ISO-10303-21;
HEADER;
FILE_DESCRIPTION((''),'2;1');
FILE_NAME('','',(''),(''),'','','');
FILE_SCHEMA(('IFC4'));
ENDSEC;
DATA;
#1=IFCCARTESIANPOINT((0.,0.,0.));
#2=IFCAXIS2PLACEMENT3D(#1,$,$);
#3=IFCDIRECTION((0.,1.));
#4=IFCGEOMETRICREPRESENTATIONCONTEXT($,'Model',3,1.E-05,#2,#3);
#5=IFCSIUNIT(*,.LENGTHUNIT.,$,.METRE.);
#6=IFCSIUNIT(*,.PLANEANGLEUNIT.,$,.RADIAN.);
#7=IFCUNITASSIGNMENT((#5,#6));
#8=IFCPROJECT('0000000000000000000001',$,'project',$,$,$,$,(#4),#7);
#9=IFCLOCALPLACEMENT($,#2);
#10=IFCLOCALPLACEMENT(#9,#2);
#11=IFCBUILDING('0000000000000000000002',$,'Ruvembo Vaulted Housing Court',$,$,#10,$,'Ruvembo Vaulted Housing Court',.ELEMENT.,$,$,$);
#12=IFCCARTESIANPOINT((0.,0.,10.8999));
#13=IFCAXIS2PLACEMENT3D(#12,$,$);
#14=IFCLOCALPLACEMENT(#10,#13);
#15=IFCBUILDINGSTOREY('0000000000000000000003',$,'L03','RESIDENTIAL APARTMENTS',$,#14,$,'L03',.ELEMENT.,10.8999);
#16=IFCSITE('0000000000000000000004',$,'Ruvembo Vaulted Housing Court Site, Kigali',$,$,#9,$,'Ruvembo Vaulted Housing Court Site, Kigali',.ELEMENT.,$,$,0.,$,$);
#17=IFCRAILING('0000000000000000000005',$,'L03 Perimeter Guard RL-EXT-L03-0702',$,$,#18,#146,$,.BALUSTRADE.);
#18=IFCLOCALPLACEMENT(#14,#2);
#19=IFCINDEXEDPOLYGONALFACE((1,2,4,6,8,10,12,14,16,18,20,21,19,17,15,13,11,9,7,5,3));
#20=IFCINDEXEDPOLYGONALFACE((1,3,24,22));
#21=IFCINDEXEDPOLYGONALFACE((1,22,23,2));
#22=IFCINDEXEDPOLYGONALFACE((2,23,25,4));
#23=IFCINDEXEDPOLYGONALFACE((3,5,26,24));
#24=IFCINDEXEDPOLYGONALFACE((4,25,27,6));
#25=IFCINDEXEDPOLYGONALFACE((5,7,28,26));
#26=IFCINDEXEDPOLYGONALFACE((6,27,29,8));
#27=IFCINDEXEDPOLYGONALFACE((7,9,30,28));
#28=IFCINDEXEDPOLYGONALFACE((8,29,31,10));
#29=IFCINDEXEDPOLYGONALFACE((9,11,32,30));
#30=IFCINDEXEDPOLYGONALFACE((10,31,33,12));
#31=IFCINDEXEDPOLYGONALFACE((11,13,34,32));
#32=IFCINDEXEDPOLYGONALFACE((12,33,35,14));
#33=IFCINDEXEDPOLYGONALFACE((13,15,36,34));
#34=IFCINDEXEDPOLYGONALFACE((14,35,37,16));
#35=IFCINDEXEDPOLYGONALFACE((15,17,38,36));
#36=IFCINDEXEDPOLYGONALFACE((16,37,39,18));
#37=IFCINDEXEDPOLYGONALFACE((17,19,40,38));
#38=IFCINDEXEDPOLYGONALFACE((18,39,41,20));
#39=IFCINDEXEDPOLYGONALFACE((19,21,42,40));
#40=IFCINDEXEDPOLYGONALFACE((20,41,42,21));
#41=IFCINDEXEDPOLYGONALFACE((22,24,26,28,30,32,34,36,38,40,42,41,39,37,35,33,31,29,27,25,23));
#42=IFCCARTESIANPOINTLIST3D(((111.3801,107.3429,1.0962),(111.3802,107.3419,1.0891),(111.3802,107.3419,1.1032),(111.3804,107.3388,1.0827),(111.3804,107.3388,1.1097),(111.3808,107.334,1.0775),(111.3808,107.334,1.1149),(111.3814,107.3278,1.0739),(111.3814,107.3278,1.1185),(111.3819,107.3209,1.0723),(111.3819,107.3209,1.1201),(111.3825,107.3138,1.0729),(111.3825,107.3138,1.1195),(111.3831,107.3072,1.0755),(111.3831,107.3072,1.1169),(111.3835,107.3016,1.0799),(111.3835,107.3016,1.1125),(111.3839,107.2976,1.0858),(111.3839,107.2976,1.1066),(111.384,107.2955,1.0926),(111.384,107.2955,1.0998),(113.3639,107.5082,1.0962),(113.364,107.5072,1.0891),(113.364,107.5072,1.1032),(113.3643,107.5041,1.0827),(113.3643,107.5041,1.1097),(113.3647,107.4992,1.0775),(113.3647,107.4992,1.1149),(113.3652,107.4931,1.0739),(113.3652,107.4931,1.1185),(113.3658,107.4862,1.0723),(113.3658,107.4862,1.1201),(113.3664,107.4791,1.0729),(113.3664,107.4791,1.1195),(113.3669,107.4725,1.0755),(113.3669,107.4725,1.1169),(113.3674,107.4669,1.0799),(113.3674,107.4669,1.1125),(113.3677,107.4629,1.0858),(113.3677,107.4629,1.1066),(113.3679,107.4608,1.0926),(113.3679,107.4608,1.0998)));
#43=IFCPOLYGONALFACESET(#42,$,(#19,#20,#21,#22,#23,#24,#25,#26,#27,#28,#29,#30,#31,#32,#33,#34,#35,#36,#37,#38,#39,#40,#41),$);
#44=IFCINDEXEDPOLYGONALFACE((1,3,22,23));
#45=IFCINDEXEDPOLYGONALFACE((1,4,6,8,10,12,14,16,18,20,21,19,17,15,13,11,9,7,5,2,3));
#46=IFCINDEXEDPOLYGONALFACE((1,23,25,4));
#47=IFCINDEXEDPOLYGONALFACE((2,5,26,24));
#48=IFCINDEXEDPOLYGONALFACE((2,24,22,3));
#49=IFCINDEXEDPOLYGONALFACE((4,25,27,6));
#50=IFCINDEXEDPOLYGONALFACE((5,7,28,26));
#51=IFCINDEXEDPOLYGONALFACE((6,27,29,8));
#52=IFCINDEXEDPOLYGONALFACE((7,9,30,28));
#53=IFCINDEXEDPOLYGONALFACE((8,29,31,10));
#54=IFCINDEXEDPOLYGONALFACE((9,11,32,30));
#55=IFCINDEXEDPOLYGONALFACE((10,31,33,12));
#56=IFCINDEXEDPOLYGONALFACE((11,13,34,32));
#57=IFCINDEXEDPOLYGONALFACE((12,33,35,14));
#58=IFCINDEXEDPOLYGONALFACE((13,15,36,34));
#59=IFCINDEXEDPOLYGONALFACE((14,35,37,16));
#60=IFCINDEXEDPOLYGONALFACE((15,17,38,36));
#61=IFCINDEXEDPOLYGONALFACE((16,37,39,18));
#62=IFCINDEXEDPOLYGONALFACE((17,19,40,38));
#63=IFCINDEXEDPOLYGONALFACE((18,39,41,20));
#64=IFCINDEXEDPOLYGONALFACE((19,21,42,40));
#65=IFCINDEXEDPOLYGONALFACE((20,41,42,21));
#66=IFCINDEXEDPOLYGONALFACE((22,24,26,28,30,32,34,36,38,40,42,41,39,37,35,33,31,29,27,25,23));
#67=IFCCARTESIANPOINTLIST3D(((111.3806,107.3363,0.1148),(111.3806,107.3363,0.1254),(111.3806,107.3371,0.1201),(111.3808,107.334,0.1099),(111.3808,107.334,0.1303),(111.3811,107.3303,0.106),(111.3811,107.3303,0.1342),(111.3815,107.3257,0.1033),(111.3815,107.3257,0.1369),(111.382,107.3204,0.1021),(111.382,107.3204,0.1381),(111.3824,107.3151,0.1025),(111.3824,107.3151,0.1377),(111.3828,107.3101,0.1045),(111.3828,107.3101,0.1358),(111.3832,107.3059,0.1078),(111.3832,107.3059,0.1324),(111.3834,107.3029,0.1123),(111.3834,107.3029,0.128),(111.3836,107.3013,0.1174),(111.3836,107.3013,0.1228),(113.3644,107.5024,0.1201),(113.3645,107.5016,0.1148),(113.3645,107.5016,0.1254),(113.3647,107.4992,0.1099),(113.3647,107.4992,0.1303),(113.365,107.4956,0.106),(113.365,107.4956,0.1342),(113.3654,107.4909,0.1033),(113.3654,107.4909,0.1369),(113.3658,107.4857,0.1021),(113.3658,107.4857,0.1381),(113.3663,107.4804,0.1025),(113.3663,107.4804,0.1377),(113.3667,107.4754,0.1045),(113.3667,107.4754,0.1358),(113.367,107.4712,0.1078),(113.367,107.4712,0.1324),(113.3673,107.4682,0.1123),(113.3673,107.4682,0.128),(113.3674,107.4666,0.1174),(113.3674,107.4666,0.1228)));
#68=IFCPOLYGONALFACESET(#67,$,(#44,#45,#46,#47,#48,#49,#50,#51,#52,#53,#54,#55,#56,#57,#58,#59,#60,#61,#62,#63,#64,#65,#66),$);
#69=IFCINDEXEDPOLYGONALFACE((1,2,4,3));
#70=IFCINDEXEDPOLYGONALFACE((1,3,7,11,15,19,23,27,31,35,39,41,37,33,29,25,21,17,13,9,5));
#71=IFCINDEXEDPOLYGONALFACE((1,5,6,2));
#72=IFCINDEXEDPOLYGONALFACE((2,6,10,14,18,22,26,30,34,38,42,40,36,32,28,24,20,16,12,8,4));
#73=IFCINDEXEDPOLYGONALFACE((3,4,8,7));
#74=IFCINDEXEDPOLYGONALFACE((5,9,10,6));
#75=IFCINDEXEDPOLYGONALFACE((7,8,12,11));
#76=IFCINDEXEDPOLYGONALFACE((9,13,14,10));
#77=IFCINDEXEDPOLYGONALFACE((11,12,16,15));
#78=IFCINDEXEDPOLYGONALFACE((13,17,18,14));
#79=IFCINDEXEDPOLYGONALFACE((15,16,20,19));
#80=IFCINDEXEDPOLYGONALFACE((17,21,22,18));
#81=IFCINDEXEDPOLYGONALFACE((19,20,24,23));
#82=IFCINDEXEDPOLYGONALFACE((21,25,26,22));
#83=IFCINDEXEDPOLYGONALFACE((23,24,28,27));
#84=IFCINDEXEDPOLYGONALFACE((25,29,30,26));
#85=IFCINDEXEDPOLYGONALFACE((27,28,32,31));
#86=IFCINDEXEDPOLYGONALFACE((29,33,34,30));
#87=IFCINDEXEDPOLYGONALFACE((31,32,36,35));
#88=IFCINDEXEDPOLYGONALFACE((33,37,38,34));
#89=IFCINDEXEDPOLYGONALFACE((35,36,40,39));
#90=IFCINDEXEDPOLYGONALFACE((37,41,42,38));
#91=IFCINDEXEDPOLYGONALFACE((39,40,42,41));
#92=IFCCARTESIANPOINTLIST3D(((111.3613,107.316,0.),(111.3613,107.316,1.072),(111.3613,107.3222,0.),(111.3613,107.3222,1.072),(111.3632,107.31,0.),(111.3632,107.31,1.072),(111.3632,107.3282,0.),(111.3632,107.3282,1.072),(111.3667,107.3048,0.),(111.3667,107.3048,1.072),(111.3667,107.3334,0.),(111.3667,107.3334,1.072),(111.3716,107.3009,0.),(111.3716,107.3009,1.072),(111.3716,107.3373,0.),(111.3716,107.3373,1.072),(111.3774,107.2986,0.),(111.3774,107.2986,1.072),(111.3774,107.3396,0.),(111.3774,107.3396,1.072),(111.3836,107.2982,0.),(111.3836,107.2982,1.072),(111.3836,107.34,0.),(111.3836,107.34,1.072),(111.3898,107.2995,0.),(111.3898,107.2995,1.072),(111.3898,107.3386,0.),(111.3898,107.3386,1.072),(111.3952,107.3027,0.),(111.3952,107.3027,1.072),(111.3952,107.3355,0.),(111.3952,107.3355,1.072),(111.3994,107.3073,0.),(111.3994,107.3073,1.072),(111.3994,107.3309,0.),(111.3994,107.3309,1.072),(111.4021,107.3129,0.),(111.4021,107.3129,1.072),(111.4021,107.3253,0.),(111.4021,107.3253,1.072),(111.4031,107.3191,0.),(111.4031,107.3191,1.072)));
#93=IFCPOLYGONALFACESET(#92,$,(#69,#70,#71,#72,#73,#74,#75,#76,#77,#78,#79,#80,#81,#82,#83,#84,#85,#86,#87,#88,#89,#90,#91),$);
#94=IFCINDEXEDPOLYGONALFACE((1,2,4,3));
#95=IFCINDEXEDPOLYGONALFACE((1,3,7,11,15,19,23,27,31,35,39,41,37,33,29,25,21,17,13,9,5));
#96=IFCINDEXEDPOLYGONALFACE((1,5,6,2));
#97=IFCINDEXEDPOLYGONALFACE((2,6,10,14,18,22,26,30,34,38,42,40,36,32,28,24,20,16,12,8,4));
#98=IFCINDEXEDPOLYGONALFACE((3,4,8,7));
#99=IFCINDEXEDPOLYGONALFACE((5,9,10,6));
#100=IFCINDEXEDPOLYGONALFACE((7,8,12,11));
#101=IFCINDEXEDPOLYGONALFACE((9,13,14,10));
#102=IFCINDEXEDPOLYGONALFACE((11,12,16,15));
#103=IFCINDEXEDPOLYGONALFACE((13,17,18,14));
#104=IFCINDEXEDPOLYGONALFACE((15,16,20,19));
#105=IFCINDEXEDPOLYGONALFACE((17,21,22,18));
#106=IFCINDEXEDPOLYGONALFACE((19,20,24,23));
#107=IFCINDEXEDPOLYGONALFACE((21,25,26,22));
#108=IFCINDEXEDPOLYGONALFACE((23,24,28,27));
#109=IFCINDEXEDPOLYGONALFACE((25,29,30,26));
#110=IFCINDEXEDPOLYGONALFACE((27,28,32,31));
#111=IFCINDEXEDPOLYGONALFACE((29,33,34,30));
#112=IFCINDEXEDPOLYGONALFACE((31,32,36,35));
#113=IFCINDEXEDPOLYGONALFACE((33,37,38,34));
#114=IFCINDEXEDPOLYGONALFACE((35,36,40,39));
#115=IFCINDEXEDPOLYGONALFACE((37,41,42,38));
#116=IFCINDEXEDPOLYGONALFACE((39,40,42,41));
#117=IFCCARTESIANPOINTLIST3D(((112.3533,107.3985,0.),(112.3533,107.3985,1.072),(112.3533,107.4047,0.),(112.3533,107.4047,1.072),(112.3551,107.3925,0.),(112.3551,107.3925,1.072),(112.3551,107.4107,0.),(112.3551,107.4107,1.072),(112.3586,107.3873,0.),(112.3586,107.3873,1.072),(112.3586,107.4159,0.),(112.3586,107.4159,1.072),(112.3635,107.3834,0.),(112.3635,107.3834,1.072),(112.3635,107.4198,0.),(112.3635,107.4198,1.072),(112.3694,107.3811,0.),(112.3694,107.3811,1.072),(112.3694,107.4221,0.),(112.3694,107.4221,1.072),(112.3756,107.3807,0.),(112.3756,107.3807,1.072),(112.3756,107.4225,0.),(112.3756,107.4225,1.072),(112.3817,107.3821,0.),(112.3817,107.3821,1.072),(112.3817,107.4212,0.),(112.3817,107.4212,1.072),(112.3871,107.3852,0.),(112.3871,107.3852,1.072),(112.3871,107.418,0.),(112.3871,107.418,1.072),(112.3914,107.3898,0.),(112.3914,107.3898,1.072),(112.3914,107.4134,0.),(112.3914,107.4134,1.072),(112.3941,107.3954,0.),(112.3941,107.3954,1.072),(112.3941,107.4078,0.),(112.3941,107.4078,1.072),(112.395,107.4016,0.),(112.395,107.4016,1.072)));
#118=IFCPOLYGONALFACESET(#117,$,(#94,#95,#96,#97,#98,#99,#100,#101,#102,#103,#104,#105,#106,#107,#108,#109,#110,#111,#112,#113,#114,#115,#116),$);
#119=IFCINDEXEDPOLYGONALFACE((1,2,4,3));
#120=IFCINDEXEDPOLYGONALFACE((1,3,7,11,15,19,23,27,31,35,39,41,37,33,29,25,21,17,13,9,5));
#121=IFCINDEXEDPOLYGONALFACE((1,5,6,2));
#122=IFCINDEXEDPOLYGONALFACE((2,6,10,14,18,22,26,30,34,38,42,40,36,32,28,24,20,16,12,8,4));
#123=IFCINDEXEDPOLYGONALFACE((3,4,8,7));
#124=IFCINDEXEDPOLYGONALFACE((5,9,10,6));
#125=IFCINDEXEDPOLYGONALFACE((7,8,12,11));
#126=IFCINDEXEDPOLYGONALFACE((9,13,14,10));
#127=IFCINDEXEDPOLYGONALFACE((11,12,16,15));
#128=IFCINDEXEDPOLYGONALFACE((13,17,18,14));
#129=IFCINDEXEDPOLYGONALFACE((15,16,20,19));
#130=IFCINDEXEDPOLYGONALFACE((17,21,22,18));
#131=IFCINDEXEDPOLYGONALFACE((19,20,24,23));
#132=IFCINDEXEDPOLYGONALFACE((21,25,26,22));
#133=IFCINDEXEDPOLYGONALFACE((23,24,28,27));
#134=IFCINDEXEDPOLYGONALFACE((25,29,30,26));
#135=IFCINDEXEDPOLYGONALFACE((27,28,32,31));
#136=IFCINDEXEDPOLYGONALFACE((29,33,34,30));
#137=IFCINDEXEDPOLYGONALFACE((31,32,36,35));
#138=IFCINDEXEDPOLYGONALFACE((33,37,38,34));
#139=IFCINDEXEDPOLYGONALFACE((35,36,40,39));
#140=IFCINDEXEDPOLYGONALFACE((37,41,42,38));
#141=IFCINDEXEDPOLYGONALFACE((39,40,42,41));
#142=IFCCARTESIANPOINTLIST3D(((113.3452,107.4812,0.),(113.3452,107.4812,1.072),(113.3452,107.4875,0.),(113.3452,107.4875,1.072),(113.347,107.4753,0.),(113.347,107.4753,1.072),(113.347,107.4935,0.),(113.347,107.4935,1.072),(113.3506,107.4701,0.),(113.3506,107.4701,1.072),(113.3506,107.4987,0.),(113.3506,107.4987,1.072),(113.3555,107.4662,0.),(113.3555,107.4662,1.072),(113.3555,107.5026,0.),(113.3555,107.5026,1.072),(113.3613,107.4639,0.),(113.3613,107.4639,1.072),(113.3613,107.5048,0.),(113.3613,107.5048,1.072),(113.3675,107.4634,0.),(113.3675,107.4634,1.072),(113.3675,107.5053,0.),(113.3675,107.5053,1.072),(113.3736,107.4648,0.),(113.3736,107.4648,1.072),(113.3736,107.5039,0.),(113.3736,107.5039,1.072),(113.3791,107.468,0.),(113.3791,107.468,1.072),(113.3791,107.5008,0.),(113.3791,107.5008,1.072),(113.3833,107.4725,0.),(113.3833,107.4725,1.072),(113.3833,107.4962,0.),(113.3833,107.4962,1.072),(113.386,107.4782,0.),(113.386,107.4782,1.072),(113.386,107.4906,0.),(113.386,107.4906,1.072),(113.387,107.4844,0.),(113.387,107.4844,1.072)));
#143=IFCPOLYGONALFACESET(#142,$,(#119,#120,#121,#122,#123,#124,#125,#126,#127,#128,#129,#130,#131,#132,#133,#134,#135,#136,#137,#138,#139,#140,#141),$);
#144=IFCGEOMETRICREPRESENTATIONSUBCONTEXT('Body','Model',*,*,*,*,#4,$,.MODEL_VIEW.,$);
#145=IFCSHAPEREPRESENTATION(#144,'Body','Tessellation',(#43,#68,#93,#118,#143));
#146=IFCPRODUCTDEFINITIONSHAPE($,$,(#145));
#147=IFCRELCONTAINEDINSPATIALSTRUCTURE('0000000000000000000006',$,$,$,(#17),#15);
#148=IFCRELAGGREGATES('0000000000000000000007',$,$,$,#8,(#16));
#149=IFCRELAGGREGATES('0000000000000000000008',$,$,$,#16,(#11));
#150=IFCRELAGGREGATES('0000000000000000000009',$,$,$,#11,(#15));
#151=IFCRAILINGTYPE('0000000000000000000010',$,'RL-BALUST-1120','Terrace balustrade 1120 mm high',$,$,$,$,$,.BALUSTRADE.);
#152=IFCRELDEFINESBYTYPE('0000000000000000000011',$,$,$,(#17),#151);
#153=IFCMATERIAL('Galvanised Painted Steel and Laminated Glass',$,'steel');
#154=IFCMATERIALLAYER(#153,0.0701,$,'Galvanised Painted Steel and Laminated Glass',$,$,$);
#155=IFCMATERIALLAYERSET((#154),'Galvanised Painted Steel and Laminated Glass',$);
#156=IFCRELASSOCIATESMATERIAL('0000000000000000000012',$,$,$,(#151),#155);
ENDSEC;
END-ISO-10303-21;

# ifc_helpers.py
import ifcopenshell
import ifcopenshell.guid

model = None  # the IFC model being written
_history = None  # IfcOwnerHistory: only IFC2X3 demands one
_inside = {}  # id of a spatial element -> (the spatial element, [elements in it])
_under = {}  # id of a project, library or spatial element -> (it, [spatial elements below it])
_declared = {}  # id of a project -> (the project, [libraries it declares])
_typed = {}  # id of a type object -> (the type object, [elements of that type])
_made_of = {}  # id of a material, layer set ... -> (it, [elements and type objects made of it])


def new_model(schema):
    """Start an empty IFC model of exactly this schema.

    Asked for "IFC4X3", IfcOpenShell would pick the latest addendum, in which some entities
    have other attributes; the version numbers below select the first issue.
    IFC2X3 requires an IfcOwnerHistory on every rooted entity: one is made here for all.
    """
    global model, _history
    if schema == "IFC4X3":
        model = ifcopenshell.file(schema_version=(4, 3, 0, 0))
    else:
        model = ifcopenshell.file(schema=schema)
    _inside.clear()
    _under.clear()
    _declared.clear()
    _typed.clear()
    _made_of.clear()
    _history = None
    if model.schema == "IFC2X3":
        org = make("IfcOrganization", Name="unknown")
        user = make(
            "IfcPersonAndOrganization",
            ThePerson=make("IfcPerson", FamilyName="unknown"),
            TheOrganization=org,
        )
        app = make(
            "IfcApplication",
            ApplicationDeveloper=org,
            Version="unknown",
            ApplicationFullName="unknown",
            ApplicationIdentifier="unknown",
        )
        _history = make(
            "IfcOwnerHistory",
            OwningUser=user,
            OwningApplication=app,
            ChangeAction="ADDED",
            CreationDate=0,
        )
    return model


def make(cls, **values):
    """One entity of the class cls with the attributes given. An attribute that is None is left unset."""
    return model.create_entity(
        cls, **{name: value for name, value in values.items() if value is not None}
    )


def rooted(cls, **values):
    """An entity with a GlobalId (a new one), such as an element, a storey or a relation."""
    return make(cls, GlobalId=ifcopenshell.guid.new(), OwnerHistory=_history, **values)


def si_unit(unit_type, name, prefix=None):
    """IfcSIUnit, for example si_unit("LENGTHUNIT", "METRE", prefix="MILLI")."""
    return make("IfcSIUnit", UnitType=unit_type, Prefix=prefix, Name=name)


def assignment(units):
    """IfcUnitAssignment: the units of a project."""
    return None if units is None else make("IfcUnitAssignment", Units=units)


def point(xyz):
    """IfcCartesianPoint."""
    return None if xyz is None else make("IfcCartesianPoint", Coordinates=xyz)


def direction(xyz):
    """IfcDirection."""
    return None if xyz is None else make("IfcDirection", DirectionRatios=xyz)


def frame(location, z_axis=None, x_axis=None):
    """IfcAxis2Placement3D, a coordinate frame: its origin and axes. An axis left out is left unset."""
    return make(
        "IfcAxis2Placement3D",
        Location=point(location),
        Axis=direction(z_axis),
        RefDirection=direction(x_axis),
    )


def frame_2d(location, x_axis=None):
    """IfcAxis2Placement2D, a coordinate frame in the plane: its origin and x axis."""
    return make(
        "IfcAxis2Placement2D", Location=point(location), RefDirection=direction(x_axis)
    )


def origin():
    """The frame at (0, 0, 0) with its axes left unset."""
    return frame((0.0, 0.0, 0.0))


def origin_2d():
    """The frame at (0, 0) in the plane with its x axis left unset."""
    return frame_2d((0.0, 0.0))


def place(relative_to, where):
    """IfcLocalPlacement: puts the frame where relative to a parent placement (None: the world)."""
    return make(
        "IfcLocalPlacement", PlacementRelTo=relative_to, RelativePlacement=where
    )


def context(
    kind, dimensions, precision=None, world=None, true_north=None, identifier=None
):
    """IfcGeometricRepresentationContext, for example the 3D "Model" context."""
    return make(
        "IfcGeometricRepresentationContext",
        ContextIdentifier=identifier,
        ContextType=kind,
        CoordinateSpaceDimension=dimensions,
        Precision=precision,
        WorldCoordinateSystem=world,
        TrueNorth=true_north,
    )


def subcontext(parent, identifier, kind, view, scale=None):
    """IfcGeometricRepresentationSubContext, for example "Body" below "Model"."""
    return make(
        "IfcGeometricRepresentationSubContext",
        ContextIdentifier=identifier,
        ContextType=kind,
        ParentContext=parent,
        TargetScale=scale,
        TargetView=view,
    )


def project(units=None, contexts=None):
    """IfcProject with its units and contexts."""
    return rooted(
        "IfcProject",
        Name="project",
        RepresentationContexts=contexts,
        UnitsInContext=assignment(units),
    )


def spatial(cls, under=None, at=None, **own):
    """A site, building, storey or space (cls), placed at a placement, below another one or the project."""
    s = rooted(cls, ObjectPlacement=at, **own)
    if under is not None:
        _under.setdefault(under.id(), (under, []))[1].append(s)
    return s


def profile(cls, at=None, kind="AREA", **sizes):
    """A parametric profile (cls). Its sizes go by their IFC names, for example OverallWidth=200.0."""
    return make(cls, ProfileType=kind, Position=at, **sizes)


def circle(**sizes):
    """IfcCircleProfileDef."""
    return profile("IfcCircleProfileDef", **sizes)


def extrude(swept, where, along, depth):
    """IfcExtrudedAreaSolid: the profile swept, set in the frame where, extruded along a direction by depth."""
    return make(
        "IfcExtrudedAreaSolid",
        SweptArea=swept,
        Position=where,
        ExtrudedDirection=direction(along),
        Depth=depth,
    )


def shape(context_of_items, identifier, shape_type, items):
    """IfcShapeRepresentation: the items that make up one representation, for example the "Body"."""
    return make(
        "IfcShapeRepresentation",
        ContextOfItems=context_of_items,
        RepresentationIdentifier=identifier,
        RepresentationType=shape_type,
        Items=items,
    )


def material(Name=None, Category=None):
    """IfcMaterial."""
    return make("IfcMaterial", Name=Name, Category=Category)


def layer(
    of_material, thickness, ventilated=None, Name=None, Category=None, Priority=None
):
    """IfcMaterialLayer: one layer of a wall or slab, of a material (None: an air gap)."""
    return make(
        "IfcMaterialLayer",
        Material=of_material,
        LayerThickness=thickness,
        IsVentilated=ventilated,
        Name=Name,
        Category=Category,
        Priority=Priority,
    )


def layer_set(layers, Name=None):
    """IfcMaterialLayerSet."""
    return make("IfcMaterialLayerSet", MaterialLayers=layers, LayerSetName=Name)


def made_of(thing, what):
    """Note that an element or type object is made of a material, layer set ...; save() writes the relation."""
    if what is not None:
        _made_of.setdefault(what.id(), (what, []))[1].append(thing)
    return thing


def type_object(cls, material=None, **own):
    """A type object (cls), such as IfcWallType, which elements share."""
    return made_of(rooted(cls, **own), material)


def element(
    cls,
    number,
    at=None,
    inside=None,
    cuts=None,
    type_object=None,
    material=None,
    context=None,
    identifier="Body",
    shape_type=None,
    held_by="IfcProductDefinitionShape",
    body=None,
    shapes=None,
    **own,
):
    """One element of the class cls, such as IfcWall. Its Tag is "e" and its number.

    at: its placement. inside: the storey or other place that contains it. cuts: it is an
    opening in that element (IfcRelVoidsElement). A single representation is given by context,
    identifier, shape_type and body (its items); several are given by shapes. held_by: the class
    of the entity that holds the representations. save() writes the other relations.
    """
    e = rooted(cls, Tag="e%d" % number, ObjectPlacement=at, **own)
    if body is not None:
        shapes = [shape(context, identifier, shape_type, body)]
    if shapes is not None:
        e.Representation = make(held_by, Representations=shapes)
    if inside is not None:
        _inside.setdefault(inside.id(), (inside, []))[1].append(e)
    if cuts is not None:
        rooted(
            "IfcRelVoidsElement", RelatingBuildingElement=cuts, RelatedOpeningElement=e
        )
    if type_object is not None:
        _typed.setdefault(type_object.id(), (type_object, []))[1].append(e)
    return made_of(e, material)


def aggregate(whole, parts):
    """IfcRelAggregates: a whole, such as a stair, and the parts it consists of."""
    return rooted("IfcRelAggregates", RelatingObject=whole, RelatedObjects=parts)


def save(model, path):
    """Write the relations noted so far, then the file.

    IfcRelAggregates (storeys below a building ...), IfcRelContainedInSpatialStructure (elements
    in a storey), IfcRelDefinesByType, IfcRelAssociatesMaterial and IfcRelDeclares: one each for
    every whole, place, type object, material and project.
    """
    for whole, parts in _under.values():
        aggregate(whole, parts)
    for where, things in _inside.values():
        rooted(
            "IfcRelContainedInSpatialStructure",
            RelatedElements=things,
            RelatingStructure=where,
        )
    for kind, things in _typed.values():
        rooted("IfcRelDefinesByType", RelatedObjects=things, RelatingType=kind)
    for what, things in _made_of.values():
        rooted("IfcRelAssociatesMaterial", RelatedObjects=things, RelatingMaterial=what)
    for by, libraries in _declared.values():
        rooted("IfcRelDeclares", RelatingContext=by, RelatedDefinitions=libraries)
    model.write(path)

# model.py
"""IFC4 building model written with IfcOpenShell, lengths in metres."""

from ifc_helpers import new_model, si_unit, direction, frame, origin, origin_2d, place, context, subcontext, project, spatial, circle, extrude, material, layer, layer_set, type_object, element, save


model = new_model("IFC4")

# Units and contexts
model_context = context("Model", 3, precision=1e-05, world=origin(), true_north=direction((0.0, 1.0)))
body_context = subcontext(model_context, "Body", "Model", "MODEL_VIEW")
ifc_project = project(units=[si_unit("LENGTHUNIT", "METRE"), si_unit("PLANEANGLEUNIT", "RADIAN")], contexts=[model_context])

# Site, building, storey
site_placement = place(None, origin())
site = spatial("IfcSite", under=ifc_project, at=site_placement, Name="Ruvembo Vaulted Housing Court Site, Kigali", LongName="Ruvembo Vaulted Housing Court Site, Kigali", CompositionType="ELEMENT", RefElevation=0.0)
building_placement = place(site_placement, origin())
building = spatial("IfcBuilding", under=site, at=building_placement, Name="Ruvembo Vaulted Housing Court", LongName="Ruvembo Vaulted Housing Court", CompositionType="ELEMENT")
storey_placement = place(building_placement, frame((0.0, 0.0, 10.8999)))
storey = spatial("IfcBuildingStorey", under=building, at=storey_placement, Name="L03", Description="RESIDENTIAL APARTMENTS", LongName="L03", CompositionType="ELEMENT", Elevation=10.8999)

# Railing
ifc_material_1 = material(Name="Galvanised Painted Steel and Laminated Glass", Category="steel")
ifc_layer_1 = layer(ifc_material_1, 0.0701, Name="Galvanised Painted Steel and Laminated Glass")
ifc_layer_set_1 = layer_set([ifc_layer_1], Name="Galvanised Painted Steel and Laminated Glass")
railing_type = type_object("IfcRailingType", Name="RL-BALUST-1120", Description="Terrace balustrade 1120 mm high", PredefinedType="BALUSTRADE", material=ifc_layer_set_1)
railing_1_placement = place(storey_placement, frame((111.3821, 107.3191, 0.0)))
element("IfcRailing", 1, at=railing_1_placement, inside=storey, type_object=railing_type, Name="L03 Perimeter Guard RL-EXT-L03-0702", PredefinedType="BALUSTRADE", context=body_context, shape_type="SweptSolid", body=[
    extrude(circle(Radius=0.0239, at=origin_2d()), frame((0.0, 0.0, 1.0962), z_axis=(0.996547, 0.083025, 0.0), x_axis=(-0.083025, 0.996547, 0.0)), (0.0, 0.0, 1.0), 1.9907),
    extrude(circle(Radius=0.0181, at=origin_2d()), frame((0.0, 0.0, 0.1201), z_axis=(0.996547, 0.083025, 0.0), x_axis=(-0.083025, 0.996547, 0.0)), (0.0, 0.0, 1.0), 1.9907),
    extrude(circle(Radius=0.021, at=origin_2d()), origin(), (0.0, 0.0, 1.0), 1.072),
    extrude(circle(Radius=0.021, at=origin_2d()), frame((0.9919, 0.0825, 0.0)), (0.0, 0.0, 1.0), 1.072),
    extrude(circle(Radius=0.021, at=origin_2d()), frame((1.9839, 0.1653, 0.0)), (0.0, 0.0, 1.0), 1.072),
])

save(model, "model.ifc")
